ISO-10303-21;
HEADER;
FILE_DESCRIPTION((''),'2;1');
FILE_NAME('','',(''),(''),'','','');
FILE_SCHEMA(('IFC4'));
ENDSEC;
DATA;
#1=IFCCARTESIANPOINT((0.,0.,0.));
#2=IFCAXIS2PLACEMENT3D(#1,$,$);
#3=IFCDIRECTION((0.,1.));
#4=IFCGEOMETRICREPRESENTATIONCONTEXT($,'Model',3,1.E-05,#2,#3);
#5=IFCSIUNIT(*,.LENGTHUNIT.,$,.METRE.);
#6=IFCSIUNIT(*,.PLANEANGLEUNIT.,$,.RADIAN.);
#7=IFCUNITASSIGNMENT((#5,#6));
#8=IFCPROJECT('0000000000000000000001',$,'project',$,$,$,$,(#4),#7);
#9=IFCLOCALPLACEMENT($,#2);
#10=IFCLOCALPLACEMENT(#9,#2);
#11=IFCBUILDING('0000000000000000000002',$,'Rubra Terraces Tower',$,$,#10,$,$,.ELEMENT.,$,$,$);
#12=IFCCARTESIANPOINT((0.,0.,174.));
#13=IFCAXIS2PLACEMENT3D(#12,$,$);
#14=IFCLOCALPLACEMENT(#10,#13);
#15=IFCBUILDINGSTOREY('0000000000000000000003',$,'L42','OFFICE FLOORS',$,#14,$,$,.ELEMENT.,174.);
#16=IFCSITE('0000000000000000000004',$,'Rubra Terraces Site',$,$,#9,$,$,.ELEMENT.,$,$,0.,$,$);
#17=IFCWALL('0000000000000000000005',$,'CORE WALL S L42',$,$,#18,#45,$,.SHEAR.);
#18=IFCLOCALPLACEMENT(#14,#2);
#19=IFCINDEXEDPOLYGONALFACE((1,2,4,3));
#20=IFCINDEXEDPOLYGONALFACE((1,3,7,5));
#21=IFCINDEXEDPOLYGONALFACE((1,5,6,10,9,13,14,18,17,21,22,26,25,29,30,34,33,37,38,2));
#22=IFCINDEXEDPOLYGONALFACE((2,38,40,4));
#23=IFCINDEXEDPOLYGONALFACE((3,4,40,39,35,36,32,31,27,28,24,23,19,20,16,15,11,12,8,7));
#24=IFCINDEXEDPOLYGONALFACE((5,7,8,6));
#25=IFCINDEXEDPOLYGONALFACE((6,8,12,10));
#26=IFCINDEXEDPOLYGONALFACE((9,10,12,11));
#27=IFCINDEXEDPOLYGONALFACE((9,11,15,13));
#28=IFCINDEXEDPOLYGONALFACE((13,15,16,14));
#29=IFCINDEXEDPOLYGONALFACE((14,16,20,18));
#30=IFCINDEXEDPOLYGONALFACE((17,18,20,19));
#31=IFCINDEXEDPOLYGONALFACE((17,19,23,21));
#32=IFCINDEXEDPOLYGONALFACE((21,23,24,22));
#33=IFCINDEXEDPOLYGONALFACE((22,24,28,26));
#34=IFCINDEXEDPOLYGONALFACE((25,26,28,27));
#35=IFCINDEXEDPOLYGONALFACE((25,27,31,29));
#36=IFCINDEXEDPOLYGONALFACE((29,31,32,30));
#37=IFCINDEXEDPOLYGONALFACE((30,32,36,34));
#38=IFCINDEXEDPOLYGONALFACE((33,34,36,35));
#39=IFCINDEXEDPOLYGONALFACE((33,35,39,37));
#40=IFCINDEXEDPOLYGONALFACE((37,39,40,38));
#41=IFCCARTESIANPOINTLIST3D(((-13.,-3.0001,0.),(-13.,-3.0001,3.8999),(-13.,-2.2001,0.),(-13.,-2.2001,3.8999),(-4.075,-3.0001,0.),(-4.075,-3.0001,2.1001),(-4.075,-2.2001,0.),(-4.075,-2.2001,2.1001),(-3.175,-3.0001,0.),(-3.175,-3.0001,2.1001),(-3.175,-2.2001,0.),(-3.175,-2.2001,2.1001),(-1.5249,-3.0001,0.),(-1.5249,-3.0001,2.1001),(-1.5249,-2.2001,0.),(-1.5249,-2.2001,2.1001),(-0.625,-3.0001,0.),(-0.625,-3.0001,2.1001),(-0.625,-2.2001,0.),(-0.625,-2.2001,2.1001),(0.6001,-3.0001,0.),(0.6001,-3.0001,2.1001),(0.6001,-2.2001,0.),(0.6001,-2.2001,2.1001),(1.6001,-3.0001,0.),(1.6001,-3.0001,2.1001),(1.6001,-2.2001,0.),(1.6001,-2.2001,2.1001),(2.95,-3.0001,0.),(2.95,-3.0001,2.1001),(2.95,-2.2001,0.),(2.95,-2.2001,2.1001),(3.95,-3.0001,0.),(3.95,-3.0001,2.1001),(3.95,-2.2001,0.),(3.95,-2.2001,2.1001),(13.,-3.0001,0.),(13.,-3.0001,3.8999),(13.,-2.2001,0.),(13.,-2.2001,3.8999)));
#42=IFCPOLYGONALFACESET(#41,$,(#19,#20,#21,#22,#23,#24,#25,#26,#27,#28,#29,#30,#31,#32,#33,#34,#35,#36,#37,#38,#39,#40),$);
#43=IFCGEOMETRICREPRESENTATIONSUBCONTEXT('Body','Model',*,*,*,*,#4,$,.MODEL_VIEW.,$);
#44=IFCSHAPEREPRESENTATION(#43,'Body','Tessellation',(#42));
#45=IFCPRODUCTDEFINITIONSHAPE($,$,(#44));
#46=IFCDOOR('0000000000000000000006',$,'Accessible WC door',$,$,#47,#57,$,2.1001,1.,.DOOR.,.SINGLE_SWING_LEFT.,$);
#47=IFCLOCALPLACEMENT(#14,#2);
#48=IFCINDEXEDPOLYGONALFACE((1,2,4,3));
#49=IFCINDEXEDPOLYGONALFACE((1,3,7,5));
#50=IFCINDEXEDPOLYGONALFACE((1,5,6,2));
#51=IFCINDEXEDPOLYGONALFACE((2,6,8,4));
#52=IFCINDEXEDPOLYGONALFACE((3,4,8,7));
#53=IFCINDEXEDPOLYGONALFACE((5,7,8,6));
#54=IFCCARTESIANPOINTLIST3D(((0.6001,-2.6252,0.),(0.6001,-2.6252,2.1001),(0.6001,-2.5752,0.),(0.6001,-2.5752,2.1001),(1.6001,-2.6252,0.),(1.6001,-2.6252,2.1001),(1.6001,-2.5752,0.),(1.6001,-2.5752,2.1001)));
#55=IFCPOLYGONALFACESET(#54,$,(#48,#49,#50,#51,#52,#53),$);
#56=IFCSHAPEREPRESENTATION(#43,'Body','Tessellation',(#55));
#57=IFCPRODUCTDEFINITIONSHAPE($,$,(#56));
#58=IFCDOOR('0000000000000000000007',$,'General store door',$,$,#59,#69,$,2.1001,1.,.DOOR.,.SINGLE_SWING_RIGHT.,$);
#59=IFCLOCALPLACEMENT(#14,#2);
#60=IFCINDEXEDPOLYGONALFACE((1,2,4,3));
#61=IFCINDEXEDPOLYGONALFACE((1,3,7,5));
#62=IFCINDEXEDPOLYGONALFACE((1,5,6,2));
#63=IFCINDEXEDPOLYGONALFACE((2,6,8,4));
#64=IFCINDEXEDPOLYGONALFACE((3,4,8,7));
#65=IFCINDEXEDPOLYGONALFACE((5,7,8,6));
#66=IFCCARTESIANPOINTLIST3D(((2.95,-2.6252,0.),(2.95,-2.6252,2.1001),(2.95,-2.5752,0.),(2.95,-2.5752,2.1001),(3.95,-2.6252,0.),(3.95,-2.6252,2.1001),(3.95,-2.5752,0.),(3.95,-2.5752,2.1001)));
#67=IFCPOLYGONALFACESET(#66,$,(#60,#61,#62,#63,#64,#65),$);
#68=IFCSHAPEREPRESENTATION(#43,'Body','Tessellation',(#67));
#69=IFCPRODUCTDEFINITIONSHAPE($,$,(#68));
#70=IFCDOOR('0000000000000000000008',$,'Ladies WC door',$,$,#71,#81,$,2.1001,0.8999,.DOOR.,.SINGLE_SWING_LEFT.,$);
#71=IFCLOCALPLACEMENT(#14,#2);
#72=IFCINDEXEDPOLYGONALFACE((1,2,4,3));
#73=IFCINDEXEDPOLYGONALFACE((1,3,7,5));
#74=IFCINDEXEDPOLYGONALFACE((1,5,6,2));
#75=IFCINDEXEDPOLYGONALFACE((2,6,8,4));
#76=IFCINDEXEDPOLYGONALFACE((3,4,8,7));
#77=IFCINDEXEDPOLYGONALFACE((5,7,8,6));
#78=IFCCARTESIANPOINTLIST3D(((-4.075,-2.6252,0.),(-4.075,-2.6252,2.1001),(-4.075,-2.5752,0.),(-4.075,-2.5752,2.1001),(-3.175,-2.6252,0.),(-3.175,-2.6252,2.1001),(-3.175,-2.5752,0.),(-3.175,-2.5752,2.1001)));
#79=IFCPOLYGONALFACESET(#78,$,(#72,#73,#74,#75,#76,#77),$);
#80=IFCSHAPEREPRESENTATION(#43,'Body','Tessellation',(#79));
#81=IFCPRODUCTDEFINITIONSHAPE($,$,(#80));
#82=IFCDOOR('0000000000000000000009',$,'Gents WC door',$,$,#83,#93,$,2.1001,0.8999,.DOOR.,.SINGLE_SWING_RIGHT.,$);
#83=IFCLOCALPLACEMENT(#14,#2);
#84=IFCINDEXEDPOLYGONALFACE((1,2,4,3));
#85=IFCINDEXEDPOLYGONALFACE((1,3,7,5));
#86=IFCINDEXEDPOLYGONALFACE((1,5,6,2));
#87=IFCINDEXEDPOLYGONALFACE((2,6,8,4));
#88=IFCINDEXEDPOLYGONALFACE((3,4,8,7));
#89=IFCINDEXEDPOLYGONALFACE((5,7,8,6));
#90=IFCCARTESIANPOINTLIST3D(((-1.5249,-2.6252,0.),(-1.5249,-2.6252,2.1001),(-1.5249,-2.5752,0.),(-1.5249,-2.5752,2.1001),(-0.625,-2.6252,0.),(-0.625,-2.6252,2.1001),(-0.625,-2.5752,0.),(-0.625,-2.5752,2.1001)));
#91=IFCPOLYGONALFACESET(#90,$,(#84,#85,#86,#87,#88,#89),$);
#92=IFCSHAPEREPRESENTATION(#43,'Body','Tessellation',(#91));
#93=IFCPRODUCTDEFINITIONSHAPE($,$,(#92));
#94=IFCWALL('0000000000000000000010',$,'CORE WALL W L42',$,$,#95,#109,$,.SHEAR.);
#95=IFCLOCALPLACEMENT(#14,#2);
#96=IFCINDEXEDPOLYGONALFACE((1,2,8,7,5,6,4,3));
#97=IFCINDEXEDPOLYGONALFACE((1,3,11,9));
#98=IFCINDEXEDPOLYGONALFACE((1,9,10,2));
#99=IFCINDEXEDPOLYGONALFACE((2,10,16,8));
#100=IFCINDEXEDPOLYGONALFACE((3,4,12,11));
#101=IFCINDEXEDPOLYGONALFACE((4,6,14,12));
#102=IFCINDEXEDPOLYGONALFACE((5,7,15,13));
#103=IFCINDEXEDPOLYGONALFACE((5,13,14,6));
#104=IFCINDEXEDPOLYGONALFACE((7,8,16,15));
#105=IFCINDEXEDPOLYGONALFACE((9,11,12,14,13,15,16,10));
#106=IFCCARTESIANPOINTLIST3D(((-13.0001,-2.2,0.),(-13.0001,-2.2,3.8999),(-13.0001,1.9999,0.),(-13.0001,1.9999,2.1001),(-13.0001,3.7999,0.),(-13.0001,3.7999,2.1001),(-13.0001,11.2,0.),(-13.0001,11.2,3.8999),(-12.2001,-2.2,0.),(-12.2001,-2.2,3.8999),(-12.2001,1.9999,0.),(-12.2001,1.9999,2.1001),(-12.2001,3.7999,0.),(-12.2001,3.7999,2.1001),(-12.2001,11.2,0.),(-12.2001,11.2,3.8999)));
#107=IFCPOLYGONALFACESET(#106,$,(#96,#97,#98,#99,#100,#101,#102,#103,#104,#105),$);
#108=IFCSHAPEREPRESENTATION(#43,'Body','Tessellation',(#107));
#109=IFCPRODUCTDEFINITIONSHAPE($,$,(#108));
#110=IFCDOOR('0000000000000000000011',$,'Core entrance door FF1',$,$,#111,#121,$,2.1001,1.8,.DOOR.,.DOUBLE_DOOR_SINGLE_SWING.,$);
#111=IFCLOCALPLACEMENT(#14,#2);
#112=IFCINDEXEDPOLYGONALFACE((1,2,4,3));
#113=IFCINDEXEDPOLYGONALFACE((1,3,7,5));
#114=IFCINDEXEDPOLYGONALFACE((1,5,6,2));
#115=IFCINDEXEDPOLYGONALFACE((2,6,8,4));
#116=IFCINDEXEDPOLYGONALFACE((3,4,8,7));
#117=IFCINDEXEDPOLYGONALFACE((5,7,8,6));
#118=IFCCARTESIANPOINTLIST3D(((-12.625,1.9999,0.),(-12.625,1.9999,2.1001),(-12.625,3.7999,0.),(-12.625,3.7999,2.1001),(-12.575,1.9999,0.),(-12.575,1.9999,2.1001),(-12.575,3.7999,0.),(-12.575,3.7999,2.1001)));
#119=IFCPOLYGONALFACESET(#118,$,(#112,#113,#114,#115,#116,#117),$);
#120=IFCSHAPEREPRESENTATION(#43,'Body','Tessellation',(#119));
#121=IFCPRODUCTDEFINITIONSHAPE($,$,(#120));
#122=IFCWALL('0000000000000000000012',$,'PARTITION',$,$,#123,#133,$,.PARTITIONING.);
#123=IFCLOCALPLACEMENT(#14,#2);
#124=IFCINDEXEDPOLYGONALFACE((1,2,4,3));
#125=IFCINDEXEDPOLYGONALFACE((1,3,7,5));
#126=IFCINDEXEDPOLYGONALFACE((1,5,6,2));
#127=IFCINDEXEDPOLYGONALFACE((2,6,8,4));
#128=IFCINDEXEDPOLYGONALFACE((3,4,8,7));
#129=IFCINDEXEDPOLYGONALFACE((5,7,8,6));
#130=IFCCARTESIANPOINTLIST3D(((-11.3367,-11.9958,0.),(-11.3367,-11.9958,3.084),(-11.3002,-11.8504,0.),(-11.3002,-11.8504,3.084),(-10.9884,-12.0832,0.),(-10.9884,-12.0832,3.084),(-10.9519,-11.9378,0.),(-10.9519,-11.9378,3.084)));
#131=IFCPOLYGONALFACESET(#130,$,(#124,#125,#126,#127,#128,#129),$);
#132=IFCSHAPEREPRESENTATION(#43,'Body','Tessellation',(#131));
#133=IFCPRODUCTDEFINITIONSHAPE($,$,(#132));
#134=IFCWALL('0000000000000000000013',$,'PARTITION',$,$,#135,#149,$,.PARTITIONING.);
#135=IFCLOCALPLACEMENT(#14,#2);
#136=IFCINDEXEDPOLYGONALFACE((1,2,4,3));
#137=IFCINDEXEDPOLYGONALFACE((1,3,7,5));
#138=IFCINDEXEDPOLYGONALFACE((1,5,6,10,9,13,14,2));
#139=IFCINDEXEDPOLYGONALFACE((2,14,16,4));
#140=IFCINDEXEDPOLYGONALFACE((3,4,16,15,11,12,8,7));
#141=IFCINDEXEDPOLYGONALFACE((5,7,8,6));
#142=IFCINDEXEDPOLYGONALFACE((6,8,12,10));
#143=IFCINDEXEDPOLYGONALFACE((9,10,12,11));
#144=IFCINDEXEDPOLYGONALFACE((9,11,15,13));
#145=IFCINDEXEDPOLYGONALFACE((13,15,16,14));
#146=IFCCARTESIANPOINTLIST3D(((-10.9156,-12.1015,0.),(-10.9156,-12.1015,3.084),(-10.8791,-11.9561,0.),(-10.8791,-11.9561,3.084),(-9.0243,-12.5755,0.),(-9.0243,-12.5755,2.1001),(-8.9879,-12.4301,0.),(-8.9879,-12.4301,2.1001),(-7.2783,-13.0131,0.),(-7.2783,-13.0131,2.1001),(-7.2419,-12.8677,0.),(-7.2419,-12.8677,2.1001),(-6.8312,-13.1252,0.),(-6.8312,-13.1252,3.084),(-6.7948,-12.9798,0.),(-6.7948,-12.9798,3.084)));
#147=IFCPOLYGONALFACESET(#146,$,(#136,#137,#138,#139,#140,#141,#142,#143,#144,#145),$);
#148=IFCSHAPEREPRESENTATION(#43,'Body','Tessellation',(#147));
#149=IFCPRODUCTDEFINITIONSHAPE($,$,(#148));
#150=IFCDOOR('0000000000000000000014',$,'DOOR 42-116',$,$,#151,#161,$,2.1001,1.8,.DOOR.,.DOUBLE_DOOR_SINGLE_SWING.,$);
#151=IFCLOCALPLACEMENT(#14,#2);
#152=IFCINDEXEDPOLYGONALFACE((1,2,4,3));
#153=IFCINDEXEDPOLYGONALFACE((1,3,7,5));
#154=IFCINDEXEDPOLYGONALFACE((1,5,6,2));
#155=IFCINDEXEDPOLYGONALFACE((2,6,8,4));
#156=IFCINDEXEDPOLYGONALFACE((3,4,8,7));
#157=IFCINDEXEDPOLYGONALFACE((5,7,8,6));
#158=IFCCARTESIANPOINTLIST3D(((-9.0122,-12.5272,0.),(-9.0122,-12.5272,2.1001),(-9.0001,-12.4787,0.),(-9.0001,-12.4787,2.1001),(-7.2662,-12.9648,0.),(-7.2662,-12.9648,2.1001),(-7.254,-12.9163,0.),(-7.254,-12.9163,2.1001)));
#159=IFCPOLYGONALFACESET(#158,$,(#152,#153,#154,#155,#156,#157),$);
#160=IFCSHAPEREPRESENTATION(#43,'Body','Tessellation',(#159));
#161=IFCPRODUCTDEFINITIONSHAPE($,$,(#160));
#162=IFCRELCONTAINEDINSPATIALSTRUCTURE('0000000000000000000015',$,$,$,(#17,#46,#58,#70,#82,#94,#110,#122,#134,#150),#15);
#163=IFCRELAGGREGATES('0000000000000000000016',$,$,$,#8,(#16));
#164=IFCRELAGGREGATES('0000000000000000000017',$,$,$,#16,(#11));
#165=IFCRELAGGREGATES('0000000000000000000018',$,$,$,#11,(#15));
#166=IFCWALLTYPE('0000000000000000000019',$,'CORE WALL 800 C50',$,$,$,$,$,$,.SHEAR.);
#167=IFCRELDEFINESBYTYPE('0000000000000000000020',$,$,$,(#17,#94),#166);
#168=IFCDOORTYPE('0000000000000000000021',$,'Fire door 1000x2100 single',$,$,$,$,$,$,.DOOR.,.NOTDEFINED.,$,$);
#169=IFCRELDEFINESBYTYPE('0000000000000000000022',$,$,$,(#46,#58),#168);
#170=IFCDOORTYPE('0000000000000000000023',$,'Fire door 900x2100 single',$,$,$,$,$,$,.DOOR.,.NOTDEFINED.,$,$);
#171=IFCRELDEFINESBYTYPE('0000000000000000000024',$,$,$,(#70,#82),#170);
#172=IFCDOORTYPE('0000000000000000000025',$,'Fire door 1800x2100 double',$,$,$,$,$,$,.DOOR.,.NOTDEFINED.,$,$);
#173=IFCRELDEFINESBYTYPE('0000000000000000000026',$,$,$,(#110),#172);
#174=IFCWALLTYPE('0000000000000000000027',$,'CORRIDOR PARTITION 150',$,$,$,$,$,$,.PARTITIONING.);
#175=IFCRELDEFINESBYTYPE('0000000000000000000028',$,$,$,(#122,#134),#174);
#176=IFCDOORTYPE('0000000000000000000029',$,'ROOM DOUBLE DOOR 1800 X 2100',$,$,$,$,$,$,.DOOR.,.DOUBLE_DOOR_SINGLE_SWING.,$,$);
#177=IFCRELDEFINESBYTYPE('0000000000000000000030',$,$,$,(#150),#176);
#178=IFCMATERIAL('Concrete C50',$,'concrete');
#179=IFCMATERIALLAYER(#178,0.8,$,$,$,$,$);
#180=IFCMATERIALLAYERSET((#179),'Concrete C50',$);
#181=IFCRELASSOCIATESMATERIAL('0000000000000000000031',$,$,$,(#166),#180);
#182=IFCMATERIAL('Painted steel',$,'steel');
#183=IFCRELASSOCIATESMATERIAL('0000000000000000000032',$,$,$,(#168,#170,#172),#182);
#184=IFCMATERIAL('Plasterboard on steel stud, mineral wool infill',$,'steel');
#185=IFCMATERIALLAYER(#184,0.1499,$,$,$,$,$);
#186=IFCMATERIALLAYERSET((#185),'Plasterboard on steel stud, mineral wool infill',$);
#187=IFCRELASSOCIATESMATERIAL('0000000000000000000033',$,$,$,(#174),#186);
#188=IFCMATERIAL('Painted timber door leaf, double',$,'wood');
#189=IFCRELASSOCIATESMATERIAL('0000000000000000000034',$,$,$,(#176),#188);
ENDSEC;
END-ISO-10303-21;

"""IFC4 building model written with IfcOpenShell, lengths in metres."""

from ifc_helpers import new_model, si_unit, direction, frame, frame_2d, origin, place, context, subcontext, project, spatial, rectangle, extrude, material, layer, layer_set, type_object, element, fill, save


model = new_model("IFC4")

# Units and contexts
model_context = context("Model", 3, precision=1e-05, world=origin(), true_north=direction((0.0, 1.0)))
body_context = subcontext(model_context, "Body", "Model", "MODEL_VIEW")
ifc_project = project(units=[si_unit("LENGTHUNIT", "METRE"), si_unit("PLANEANGLEUNIT", "RADIAN")], contexts=[model_context])

# Site, building, storey
site_placement = place(None, origin())
site = spatial("IfcSite", under=ifc_project, at=site_placement, Name="Rubra Terraces Site", CompositionType="ELEMENT", RefElevation=0.0)
building_placement = place(site_placement, origin())
building = spatial("IfcBuilding", under=site, at=building_placement, Name="Rubra Terraces Tower", CompositionType="ELEMENT")
storey_placement = place(building_placement, frame((0.0, 0.0, 174.0)))
storey = spatial("IfcBuildingStorey", under=building, at=storey_placement, Name="L42", Description="OFFICE FLOORS", CompositionType="ELEMENT", Elevation=174.0)

# Wall, openings, doors
ifc_material_1 = material(Name="Concrete C50", Category="concrete")
ifc_layer_1 = layer(ifc_material_1, 0.8)
ifc_layer_set_1 = layer_set([ifc_layer_1], Name="Concrete C50")
wall_type_1 = type_object("IfcWallType", Name="CORE WALL 800 C50", PredefinedType="SHEAR", material=ifc_layer_set_1)
wall_1_placement = place(storey_placement, frame((-13.0, -2.6001, 0.0), z_axis=(0.0, 0.0, 1.0), x_axis=(1.0, 0.0, 0.0)))
wall_1 = element("IfcWall", 1, at=wall_1_placement, inside=storey, type_object=wall_type_1, Name="CORE WALL S L42", PredefinedType="SHEAR", context=body_context, shape_type="SweptSolid", body=[
    extrude(rectangle(XDim=26.0, YDim=0.8, at=frame_2d((13.0, 0.0))), origin(), (0.0, 0.0, 1.0), 3.8999),
])
opening_1_placement = place(wall_1_placement, frame((8.925, 0.0, 0.0)))
opening_1 = element("IfcOpeningElement", 2, at=opening_1_placement, cuts=wall_1, PredefinedType="OPENING", context=body_context, shape_type="SweptSolid", body=[
    extrude(rectangle(XDim=0.8999, YDim=2.1001, at=frame_2d((0.45, 1.05))), frame((0.0, 0.4099, 0.0), z_axis=(0.0, -1.0, 0.0), x_axis=(1.0, 0.0, 0.0)), (0.0, 0.0, 1.0), 0.8201),
])
opening_2_placement = place(wall_1_placement, frame((11.4751, 0.0, 0.0)))
opening_2 = element("IfcOpeningElement", 3, at=opening_2_placement, cuts=wall_1, PredefinedType="OPENING", context=body_context, shape_type="SweptSolid", body=[
    extrude(rectangle(XDim=0.8999, YDim=2.1001, at=frame_2d((0.45, 1.05))), frame((0.0, 0.4099, 0.0), z_axis=(0.0, -1.0, 0.0), x_axis=(1.0, 0.0, 0.0)), (0.0, 0.0, 1.0), 0.8201),
])
opening_3_placement = place(wall_1_placement, frame((13.6001, 0.0, 0.0)))
opening_3 = element("IfcOpeningElement", 4, at=opening_3_placement, cuts=wall_1, PredefinedType="OPENING", context=body_context, shape_type="SweptSolid", body=[
    extrude(rectangle(XDim=1.0, YDim=2.1001, at=frame_2d((0.5, 1.05))), frame((0.0, 0.4099, 0.0), z_axis=(0.0, -1.0, 0.0), x_axis=(1.0, 0.0, 0.0)), (0.0, 0.0, 1.0), 0.8201),
])
opening_4_placement = place(wall_1_placement, frame((15.95, 0.0, 0.0)))
opening_4 = element("IfcOpeningElement", 5, at=opening_4_placement, cuts=wall_1, PredefinedType="OPENING", context=body_context, shape_type="SweptSolid", body=[
    extrude(rectangle(XDim=1.0, YDim=2.1001, at=frame_2d((0.5, 1.05))), frame((0.0, 0.4099, 0.0), z_axis=(0.0, -1.0, 0.0), x_axis=(1.0, 0.0, 0.0)), (0.0, 0.0, 1.0), 0.8201),
])
ifc_material_2 = material(Name="Painted steel", Category="steel")
door_type_1 = type_object("IfcDoorType", Name="Fire door 1000x2100 single", OperationType="NOTDEFINED", PredefinedType="DOOR", material=ifc_material_2)
door_1_placement = place(opening_3_placement, origin())
door_1 = element("IfcDoor", 6, at=door_1_placement, inside=storey, type_object=door_type_1, Name="Accessible WC door", OperationType="SINGLE_SWING_LEFT", OverallHeight=2.1001, OverallWidth=1.0, PredefinedType="DOOR", context=body_context, shape_type="SweptSolid", body=[
    extrude(rectangle(XDim=1.0, YDim=2.1001, at=frame_2d((0.5, 1.05))), frame((0.0, 0.0249, 0.0), z_axis=(0.0, -1.0, 0.0), x_axis=(1.0, 0.0, 0.0)), (0.0, 0.0, 1.0), 0.05),
])
fill(opening_3, door_1)
door_2_placement = place(opening_4_placement, origin())
door_2 = element("IfcDoor", 7, at=door_2_placement, inside=storey, type_object=door_type_1, Name="General store door", OperationType="SINGLE_SWING_RIGHT", OverallHeight=2.1001, OverallWidth=1.0, PredefinedType="DOOR", context=body_context, shape_type="SweptSolid", body=[
    extrude(rectangle(XDim=1.0, YDim=2.1001, at=frame_2d((0.5, 1.05))), frame((0.0, 0.0249, 0.0), z_axis=(0.0, -1.0, 0.0), x_axis=(1.0, 0.0, 0.0)), (0.0, 0.0, 1.0), 0.05),
])
fill(opening_4, door_2)
door_type_2 = type_object("IfcDoorType", Name="Fire door 900x2100 single", OperationType="NOTDEFINED", PredefinedType="DOOR", material=ifc_material_2)
door_3_placement = place(opening_1_placement, origin())
door_3 = element("IfcDoor", 8, at=door_3_placement, inside=storey, type_object=door_type_2, Name="Ladies WC door", OperationType="SINGLE_SWING_LEFT", OverallHeight=2.1001, OverallWidth=0.8999, PredefinedType="DOOR", context=body_context, shape_type="SweptSolid", body=[
    extrude(rectangle(XDim=0.8999, YDim=2.1001, at=frame_2d((0.45, 1.05))), frame((0.0, 0.0249, 0.0), z_axis=(0.0, -1.0, 0.0), x_axis=(1.0, 0.0, 0.0)), (0.0, 0.0, 1.0), 0.05),
])
fill(opening_1, door_3)
door_4_placement = place(opening_2_placement, origin())
door_4 = element("IfcDoor", 9, at=door_4_placement, inside=storey, type_object=door_type_2, Name="Gents WC door", OperationType="SINGLE_SWING_RIGHT", OverallHeight=2.1001, OverallWidth=0.8999, PredefinedType="DOOR", context=body_context, shape_type="SweptSolid", body=[
    extrude(rectangle(XDim=0.8999, YDim=2.1001, at=frame_2d((0.45, 1.05))), frame((0.0, 0.0249, 0.0), z_axis=(0.0, -1.0, 0.0), x_axis=(1.0, 0.0, 0.0)), (0.0, 0.0, 1.0), 0.05),
])
fill(opening_2, door_4)

# Wall, opening, door
wall_2_placement = place(storey_placement, frame((-12.6001, -2.2, 0.0), z_axis=(0.0, 0.0, 1.0), x_axis=(0.0, 1.0, 0.0)))
wall_2 = element("IfcWall", 10, at=wall_2_placement, inside=storey, type_object=wall_type_1, Name="CORE WALL W L42", PredefinedType="SHEAR", context=body_context, shape_type="SweptSolid", body=[
    extrude(rectangle(XDim=13.3999, YDim=0.8, at=frame_2d((6.7, 0.0))), origin(), (0.0, 0.0, 1.0), 3.8999),
])
opening_5_placement = place(wall_2_placement, frame((4.2, 0.0, 0.0)))
opening_5 = element("IfcOpeningElement", 11, at=opening_5_placement, cuts=wall_2, PredefinedType="OPENING", context=body_context, shape_type="SweptSolid", body=[
    extrude(rectangle(XDim=1.8, YDim=2.1001, at=frame_2d((0.8999, 1.05))), frame((0.0, 0.4099, 0.0), z_axis=(0.0, -1.0, 0.0), x_axis=(1.0, 0.0, 0.0)), (0.0, 0.0, 1.0), 0.8201),
])
door_type_3 = type_object("IfcDoorType", Name="Fire door 1800x2100 double", OperationType="NOTDEFINED", PredefinedType="DOOR", material=ifc_material_2)
door_5_placement = place(opening_5_placement, origin())
door_5 = element("IfcDoor", 12, at=door_5_placement, inside=storey, type_object=door_type_3, Name="Core entrance door FF1", OperationType="DOUBLE_DOOR_SINGLE_SWING", OverallHeight=2.1001, OverallWidth=1.8, PredefinedType="DOOR", context=body_context, shape_type="SweptSolid", body=[
    extrude(rectangle(XDim=1.8, YDim=2.1001, at=frame_2d((0.8999, 1.05))), frame((0.0, 0.0249, 0.0), z_axis=(0.0, -1.0, 0.0), x_axis=(1.0, 0.0, 0.0)), (0.0, 0.0, 1.0), 0.05),
])
fill(opening_5, door_5)

# Wall
ifc_material_3 = material(Name="Plasterboard on steel stud, mineral wool infill", Category="steel")
ifc_layer_2 = layer(ifc_material_3, 0.1499)
ifc_layer_set_2 = layer_set([ifc_layer_2], Name="Plasterboard on steel stud, mineral wool infill")
wall_type_2 = type_object("IfcWallType", Name="CORRIDOR PARTITION 150", PredefinedType="PARTITIONING", material=ifc_layer_set_2)
wall_3_placement = place(storey_placement, frame((-11.3186, -11.9231, 0.0), z_axis=(0.0, 0.0, 1.0), x_axis=(0.969942, -0.243335, 0.0)))
element("IfcWall", 13, at=wall_3_placement, inside=storey, type_object=wall_type_2, Name="PARTITION", PredefinedType="PARTITIONING", context=body_context, shape_type="SweptSolid", body=[
    extrude(rectangle(XDim=0.3591, YDim=0.1499, at=frame_2d((0.1797, 0.0))), origin(), (0.0, 0.0, 1.0), 3.084),
])

# Wall, opening, door
wall_4_placement = place(storey_placement, frame((-10.8975, -12.0288, 0.0), z_axis=(0.0, 0.0, 1.0), x_axis=(0.969999, -0.243109, 0.0)))
wall_4 = element("IfcWall", 14, at=wall_4_placement, inside=storey, type_object=wall_type_2, Name="PARTITION", PredefinedType="PARTITIONING", context=body_context, shape_type="SweptSolid", body=[
    extrude(rectangle(XDim=4.2107, YDim=0.1499, at=frame_2d((2.1055, 0.0))), origin(), (0.0, 0.0, 1.0), 3.084),
])
opening_6_placement = place(wall_4_placement, frame((1.95, 0.0, 0.0)))
opening_6 = element("IfcOpeningElement", 15, at=opening_6_placement, cuts=wall_4, PredefinedType="OPENING", context=body_context, shape_type="SweptSolid", body=[
    extrude(rectangle(XDim=1.8, YDim=2.1001, at=frame_2d((0.8999, 1.05))), frame((0.0, 0.085, 0.0), z_axis=(0.0, -1.0, 0.0), x_axis=(1.0, 0.0, 0.0)), (0.0, 0.0, 1.0), 0.1699),
])
ifc_material_4 = material(Name="Painted timber door leaf, double", Category="wood")
door_type_4 = type_object("IfcDoorType", Name="ROOM DOUBLE DOOR 1800 X 2100", OperationType="DOUBLE_DOOR_SINGLE_SWING", PredefinedType="DOOR", material=ifc_material_4)
door_6_placement = place(opening_6_placement, origin())
door_6 = element("IfcDoor", 16, at=door_6_placement, inside=storey, type_object=door_type_4, Name="DOOR 42-116", OperationType="DOUBLE_DOOR_SINGLE_SWING", OverallHeight=2.1001, OverallWidth=1.8, PredefinedType="DOOR", context=body_context, shape_type="SweptSolid", body=[
    extrude(rectangle(XDim=1.8, YDim=2.1001, at=frame_2d((0.8999, 1.05))), frame((0.0, 0.0249, 0.0), z_axis=(0.0, -1.0, 0.0), x_axis=(1.0, 0.0, 0.0)), (0.0, 0.0, 1.0), 0.05),
])
fill(opening_6, door_6)

save(model, "model.ifc")
